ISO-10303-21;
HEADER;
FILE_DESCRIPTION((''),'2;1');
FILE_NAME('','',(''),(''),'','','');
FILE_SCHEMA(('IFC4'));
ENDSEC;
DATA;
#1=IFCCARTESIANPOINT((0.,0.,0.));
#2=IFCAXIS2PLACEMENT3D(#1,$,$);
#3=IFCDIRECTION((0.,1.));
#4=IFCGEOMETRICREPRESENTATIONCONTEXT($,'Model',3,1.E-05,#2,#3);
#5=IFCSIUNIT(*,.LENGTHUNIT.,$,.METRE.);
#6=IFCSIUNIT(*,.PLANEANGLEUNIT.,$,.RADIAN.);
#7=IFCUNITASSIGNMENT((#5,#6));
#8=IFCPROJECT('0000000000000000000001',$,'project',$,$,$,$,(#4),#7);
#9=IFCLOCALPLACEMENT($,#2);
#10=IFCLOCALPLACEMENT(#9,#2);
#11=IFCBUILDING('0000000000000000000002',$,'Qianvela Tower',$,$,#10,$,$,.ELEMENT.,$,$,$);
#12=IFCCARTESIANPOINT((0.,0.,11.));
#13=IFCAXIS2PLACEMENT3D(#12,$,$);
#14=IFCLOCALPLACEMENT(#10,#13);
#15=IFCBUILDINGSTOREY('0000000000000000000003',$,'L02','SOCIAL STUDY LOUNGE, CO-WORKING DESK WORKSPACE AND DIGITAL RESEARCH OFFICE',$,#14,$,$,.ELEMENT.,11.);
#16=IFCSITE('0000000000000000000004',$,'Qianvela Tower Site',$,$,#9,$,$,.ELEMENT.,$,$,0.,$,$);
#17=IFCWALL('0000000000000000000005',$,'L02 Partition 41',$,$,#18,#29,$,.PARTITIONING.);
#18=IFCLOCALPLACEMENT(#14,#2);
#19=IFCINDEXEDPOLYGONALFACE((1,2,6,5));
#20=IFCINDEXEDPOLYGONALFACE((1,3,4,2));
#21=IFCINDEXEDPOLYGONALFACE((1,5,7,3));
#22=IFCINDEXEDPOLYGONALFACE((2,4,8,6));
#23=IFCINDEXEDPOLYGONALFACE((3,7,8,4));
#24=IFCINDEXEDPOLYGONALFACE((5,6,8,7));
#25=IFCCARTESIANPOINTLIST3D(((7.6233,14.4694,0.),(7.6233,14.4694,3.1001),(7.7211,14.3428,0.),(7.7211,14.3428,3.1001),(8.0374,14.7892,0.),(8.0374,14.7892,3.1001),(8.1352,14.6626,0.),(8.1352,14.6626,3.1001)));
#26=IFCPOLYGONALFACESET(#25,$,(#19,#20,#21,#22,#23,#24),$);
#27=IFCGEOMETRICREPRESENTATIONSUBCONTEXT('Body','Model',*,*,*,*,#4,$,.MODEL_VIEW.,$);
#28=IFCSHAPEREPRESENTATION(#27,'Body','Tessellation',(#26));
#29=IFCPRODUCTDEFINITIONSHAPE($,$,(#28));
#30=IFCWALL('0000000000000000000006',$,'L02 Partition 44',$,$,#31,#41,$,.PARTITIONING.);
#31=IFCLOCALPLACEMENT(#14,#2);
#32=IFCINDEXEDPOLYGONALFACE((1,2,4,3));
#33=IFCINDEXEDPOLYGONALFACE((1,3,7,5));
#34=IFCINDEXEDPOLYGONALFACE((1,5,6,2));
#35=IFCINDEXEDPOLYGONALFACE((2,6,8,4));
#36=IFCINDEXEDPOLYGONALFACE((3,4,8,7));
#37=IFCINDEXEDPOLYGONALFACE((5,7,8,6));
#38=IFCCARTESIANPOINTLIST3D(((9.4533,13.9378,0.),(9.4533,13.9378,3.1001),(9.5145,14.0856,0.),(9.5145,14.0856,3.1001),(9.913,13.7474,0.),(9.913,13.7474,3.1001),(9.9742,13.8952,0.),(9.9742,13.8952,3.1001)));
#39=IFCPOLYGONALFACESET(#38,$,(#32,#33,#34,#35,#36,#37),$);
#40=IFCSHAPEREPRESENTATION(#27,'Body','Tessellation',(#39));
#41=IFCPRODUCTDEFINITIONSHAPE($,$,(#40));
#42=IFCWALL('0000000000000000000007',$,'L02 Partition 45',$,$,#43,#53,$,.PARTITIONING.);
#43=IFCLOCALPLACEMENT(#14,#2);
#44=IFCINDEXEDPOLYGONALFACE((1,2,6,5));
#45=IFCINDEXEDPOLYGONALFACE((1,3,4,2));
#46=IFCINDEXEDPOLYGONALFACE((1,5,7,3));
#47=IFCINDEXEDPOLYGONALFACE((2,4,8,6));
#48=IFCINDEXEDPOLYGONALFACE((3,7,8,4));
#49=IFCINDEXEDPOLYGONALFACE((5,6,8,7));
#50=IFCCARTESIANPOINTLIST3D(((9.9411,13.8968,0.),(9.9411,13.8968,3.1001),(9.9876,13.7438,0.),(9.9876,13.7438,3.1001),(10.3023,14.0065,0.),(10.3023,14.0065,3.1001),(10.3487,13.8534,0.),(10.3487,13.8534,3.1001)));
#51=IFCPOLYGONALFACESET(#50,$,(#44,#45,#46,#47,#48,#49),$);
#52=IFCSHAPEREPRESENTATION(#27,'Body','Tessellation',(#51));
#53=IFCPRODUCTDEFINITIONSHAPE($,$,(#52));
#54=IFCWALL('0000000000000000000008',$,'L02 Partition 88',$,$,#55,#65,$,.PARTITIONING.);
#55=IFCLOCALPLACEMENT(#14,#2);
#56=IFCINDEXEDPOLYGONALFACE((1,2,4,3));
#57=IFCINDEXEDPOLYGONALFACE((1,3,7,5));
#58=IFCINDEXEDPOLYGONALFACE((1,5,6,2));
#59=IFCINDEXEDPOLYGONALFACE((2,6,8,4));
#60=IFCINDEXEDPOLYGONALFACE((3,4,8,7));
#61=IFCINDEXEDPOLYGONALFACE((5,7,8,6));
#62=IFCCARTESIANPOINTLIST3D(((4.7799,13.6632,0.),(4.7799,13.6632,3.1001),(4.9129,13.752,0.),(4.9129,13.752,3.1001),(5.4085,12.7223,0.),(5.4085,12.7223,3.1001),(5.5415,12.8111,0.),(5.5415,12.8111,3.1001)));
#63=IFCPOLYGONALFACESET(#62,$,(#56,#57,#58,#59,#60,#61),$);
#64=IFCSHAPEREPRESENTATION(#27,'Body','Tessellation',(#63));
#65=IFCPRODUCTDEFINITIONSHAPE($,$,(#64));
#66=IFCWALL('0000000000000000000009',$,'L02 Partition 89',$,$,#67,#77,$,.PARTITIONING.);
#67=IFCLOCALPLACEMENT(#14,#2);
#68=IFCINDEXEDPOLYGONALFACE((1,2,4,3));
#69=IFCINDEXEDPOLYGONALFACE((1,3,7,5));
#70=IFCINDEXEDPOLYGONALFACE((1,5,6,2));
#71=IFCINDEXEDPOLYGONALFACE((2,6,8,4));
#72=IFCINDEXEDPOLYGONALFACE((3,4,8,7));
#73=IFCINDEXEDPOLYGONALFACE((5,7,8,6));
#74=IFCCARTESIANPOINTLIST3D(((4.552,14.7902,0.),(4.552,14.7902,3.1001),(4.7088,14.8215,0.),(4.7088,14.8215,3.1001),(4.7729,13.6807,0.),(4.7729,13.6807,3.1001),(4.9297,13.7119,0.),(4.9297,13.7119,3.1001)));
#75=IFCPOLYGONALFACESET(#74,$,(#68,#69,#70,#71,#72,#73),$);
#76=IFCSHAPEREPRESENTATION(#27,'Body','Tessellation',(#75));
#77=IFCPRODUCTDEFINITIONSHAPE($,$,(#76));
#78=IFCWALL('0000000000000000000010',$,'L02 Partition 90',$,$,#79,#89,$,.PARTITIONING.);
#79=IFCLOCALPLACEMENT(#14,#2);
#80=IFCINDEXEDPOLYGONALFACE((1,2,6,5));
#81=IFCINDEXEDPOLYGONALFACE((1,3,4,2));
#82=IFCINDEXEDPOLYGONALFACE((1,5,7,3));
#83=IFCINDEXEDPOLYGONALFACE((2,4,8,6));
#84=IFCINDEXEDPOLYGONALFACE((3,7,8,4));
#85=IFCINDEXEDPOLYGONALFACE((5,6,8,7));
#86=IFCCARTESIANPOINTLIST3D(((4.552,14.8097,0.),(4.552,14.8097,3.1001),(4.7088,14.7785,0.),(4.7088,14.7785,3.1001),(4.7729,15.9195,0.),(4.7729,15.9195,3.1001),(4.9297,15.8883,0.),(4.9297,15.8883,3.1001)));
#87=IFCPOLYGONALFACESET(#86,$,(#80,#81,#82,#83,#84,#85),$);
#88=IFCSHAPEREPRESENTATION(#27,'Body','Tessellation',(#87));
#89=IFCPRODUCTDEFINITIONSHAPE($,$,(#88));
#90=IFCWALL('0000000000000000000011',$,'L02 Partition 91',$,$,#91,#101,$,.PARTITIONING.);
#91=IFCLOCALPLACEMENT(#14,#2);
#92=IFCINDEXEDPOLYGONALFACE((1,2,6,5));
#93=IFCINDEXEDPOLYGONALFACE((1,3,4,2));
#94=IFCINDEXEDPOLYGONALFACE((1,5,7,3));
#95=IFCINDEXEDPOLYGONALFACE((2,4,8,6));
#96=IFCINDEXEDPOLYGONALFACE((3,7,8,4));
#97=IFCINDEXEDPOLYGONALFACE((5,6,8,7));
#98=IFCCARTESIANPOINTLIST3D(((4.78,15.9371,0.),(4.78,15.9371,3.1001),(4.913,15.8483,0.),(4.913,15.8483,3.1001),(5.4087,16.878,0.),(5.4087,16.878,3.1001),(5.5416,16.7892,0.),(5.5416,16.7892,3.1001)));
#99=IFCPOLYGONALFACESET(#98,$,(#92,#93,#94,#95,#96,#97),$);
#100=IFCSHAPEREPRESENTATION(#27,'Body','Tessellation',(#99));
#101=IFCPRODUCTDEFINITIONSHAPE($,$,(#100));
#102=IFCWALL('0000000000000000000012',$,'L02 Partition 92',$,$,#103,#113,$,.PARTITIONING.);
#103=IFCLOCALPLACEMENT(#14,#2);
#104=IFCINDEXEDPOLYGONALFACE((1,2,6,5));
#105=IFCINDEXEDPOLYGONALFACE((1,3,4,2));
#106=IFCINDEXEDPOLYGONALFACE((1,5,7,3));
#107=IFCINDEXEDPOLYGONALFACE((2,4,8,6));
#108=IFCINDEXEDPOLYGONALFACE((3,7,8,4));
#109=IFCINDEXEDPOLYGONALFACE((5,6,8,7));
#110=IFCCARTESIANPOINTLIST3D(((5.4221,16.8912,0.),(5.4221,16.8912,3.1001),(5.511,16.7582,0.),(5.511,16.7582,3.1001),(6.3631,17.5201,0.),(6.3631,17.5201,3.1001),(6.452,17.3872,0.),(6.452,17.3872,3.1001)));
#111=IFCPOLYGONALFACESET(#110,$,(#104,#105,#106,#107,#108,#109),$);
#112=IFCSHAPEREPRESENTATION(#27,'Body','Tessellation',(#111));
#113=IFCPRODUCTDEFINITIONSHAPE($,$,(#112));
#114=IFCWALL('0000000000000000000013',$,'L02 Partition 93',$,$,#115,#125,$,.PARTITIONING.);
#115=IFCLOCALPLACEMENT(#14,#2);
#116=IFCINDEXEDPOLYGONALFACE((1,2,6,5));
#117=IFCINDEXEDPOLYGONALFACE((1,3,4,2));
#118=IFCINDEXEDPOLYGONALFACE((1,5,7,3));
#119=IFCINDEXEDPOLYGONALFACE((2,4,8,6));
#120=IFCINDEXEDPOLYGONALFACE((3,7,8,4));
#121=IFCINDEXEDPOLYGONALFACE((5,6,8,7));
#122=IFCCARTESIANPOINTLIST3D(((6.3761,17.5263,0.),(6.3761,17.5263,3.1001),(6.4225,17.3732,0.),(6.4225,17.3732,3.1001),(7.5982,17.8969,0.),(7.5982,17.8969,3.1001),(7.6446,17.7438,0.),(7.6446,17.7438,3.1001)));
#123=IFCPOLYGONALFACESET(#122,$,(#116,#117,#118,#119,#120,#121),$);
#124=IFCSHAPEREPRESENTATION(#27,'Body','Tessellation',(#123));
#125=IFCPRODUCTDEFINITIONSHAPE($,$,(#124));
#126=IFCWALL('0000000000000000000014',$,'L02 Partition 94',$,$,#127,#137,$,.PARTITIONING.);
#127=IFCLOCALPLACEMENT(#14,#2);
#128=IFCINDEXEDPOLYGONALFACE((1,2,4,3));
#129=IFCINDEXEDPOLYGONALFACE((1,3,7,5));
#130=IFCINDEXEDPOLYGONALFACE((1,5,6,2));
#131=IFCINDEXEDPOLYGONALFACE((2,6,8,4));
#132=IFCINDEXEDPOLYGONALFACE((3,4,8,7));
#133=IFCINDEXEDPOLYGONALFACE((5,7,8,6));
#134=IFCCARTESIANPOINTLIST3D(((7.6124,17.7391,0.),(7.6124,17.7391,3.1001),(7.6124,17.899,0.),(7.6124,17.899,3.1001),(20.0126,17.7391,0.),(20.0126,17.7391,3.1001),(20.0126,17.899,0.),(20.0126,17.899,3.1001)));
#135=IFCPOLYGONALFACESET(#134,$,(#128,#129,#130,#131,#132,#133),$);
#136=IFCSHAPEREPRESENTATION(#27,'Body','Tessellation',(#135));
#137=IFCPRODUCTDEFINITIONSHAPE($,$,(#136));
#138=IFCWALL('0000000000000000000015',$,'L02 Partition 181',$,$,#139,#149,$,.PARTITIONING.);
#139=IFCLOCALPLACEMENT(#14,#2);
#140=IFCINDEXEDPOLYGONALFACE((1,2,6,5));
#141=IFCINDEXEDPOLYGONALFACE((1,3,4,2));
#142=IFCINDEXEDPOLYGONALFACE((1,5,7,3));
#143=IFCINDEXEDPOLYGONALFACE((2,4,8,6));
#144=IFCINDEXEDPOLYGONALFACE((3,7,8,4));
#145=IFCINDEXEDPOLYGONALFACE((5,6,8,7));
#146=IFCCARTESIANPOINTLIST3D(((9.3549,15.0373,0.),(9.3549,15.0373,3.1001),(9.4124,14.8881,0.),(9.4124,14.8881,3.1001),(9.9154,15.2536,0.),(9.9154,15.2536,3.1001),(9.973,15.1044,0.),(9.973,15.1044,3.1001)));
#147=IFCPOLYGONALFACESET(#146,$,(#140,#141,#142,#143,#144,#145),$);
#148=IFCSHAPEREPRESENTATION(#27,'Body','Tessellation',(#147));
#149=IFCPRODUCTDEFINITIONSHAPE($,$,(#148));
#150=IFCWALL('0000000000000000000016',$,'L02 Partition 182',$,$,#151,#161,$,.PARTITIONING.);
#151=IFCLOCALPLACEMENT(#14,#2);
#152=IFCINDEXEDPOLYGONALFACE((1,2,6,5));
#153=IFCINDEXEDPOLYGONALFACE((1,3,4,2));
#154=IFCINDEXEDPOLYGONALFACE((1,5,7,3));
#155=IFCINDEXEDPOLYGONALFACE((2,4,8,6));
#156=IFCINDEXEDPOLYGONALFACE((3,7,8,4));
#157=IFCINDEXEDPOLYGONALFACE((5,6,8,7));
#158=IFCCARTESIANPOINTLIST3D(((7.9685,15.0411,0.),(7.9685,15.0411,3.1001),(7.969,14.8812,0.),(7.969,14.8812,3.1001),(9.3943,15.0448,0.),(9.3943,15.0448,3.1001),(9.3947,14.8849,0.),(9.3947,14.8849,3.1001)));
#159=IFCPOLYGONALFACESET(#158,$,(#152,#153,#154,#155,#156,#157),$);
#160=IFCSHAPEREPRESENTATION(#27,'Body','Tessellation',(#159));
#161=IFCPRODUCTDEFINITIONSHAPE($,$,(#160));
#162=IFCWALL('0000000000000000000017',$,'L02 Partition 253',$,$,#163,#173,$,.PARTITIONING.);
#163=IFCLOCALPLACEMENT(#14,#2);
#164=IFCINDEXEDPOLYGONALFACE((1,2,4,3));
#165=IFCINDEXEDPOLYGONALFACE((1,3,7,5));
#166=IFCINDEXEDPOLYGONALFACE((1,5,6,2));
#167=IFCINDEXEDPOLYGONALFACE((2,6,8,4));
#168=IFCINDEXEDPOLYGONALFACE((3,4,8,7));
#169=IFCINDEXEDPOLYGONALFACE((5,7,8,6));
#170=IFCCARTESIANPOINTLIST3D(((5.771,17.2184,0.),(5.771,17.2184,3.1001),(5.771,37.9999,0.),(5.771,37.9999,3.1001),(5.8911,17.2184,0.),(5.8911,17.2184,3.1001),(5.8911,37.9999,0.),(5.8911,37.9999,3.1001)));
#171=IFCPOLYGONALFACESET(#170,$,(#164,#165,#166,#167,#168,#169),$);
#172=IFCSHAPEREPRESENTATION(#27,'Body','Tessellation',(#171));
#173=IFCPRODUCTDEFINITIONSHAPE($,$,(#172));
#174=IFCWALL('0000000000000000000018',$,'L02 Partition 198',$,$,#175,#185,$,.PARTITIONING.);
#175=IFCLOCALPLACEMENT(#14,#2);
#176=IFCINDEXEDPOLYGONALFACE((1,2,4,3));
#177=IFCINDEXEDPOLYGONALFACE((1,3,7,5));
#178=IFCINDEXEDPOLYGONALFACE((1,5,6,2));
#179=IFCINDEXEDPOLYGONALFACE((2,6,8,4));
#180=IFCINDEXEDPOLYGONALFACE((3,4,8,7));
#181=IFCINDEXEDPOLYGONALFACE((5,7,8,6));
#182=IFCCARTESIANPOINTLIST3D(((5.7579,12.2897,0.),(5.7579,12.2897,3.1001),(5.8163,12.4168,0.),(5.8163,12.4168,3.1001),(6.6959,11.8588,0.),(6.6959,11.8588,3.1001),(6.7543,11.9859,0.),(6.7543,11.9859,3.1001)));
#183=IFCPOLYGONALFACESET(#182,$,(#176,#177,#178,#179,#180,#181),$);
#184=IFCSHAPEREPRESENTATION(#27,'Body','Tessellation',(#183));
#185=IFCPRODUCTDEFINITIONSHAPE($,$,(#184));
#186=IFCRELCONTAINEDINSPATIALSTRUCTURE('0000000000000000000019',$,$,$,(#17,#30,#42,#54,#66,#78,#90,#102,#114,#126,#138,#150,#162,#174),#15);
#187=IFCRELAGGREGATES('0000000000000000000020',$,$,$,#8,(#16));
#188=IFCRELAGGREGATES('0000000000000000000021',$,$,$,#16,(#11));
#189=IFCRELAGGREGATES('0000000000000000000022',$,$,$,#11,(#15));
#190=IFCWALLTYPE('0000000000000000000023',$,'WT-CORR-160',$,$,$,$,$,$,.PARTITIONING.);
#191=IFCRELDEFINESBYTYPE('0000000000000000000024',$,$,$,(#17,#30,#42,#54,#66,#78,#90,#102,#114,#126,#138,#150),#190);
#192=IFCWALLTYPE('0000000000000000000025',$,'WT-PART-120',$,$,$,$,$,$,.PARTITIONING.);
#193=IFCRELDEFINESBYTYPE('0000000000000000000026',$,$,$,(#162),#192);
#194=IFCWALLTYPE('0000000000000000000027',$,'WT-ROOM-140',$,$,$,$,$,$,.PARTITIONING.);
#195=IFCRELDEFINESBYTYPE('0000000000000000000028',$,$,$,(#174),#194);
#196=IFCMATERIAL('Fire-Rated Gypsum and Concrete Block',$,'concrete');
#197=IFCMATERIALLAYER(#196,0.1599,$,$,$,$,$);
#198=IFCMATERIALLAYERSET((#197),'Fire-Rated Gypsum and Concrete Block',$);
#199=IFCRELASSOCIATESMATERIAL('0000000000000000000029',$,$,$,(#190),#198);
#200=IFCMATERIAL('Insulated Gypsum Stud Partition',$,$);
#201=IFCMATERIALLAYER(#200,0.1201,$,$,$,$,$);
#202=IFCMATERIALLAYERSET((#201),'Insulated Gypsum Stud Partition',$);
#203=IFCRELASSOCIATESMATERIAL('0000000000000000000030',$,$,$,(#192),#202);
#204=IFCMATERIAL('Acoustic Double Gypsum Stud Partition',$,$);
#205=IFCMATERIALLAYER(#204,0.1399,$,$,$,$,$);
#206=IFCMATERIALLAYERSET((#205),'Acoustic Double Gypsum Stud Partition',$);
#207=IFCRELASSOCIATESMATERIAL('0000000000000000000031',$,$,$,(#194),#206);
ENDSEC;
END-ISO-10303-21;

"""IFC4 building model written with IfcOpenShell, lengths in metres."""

from ifc_helpers import new_model, si_unit, direction, frame, frame_2d, origin, place, context, subcontext, project, spatial, rectangle, extrude, material, layer, layer_set, type_object, element, save


model = new_model("IFC4")

# Units and contexts
model_context = context("Model", 3, precision=1e-05, world=origin(), true_north=direction((0.0, 1.0)))
body_context = subcontext(model_context, "Body", "Model", "MODEL_VIEW")
ifc_project = project(units=[si_unit("LENGTHUNIT", "METRE"), si_unit("PLANEANGLEUNIT", "RADIAN")], contexts=[model_context])

# Site, building, storey
site_placement = place(None, origin())
site = spatial("IfcSite", under=ifc_project, at=site_placement, Name="Qianvela Tower Site", CompositionType="ELEMENT", RefElevation=0.0)
building_placement = place(site_placement, origin())
building = spatial("IfcBuilding", under=site, at=building_placement, Name="Qianvela Tower", CompositionType="ELEMENT")
storey_placement = place(building_placement, frame((0.0, 0.0, 11.0)))
storey = spatial("IfcBuildingStorey", under=building, at=storey_placement, Name="L02", Description="SOCIAL STUDY LOUNGE, CO-WORKING DESK WORKSPACE AND DIGITAL RESEARCH OFFICE", CompositionType="ELEMENT", Elevation=11.0)

# Walls
ifc_material_1 = material(Name="Fire-Rated Gypsum and Concrete Block", Category="concrete")
ifc_layer_1 = layer(ifc_material_1, 0.1599)
ifc_layer_set_1 = layer_set([ifc_layer_1], Name="Fire-Rated Gypsum and Concrete Block")
wall_type_1 = type_object("IfcWallType", Name="WT-CORR-160", PredefinedType="PARTITIONING", material=ifc_layer_set_1)
wall_1_placement = place(storey_placement, frame((7.6721, 14.406, 0.0), z_axis=(0.0, 0.0, 1.0), x_axis=(0.791408, 0.611288, 0.0)))
element("IfcWall", 1, at=wall_1_placement, inside=storey, type_object=wall_type_1, Name="L02 Partition 41", PredefinedType="PARTITIONING", context=body_context, shape_type="SweptSolid", body=[
    extrude(rectangle(XDim=0.5232, YDim=0.1599, at=frame_2d((0.2617, 0.0))), origin(), (0.0, 0.0, 1.0), 3.1001),
])
wall_2_placement = place(storey_placement, frame((9.4839, 14.0117, 0.0), z_axis=(0.0, 0.0, 1.0), x_axis=(0.923873, -0.382698, 0.0)))
element("IfcWall", 2, at=wall_2_placement, inside=storey, type_object=wall_type_1, Name="L02 Partition 44", PredefinedType="PARTITIONING", context=body_context, shape_type="SweptSolid", body=[
    extrude(rectangle(XDim=0.4976, YDim=0.1599, at=frame_2d((0.2488, 0.0))), origin(), (0.0, 0.0, 1.0), 3.1001),
])
wall_3_placement = place(storey_placement, frame((9.9644, 13.8203, 0.0), z_axis=(0.0, 0.0, 1.0), x_axis=(0.956877, 0.290492, 0.0)))
element("IfcWall", 3, at=wall_3_placement, inside=storey, type_object=wall_type_1, Name="L02 Partition 45", PredefinedType="PARTITIONING", context=body_context, shape_type="SweptSolid", body=[
    extrude(rectangle(XDim=0.3774, YDim=0.1599, at=frame_2d((0.1887, 0.0))), origin(), (0.0, 0.0, 1.0), 3.1001),
])
wall_4_placement = place(storey_placement, frame((5.4751, 12.7666, 0.0), z_axis=(0.0, 0.0, 1.0), x_axis=(-0.555546, 0.831486, 0.0)))
element("IfcWall", 4, at=wall_4_placement, inside=storey, type_object=wall_type_1, Name="L02 Partition 88", PredefinedType="PARTITIONING", context=body_context, shape_type="SweptSolid", body=[
    extrude(rectangle(XDim=1.1316, YDim=0.1599, at=frame_2d((0.5659, 0.0))), origin(), (0.0, 0.0, 1.0), 3.1001),
])
wall_5_placement = place(storey_placement, frame((4.8513, 13.6963, 0.0), z_axis=(0.0, 0.0, 1.0), x_axis=(-0.195286, 0.980746, 0.0)))
element("IfcWall", 5, at=wall_5_placement, inside=storey, type_object=wall_type_1, Name="L02 Partition 89", PredefinedType="PARTITIONING", context=body_context, shape_type="SweptSolid", body=[
    extrude(rectangle(XDim=1.1313, YDim=0.1599, at=frame_2d((0.5657, 0.0))), origin(), (0.0, 0.0, 1.0), 3.1001),
])
for number, where, z_axis, x_axis, name in (
    (6, (4.6304, 14.7939, 0.0), (0.0, 0.0, 1.0), (0.195245, 0.980755, 0.0), "L02 Partition 90"),
    (7, (4.8464, 15.8926, 0.0), (0.0, 0.0, 1.0), (0.555546, 0.831486, 0.0), "L02 Partition 91"),
):
    element("IfcWall", number, at=place(storey_placement, frame(where, z_axis=z_axis, x_axis=x_axis)), inside=storey, type_object=wall_type_1, Name=name, PredefinedType="PARTITIONING", context=body_context, shape_type="SweptSolid", body=[
        extrude(rectangle(XDim=1.1316, YDim=0.1599, at=frame_2d((0.5659, 0.0))), origin(), (0.0, 0.0, 1.0), 3.1001),
    ])
wall_6_placement = place(storey_placement, frame((5.4666, 16.8247, 0.0), z_axis=(0.0, 0.0, 1.0), x_axis=(0.831386, 0.555695, 0.0)))
element("IfcWall", 8, at=wall_6_placement, inside=storey, type_object=wall_type_1, Name="L02 Partition 92", PredefinedType="PARTITIONING", context=body_context, shape_type="SweptSolid", body=[
    extrude(rectangle(XDim=1.1318, YDim=0.1599, at=frame_2d((0.5659, 0.0))), origin(), (0.0, 0.0, 1.0), 3.1001),
])
wall_7_placement = place(storey_placement, frame((6.3992, 17.4497, 0.0), z_axis=(0.0, 0.0, 1.0), x_axis=(0.95697, 0.290188, 0.0)))
element("IfcWall", 9, at=wall_7_placement, inside=storey, type_object=wall_type_1, Name="L02 Partition 93", PredefinedType="PARTITIONING", context=body_context, shape_type="SweptSolid", body=[
    extrude(rectangle(XDim=1.2771, YDim=0.1599, at=frame_2d((0.6387, 0.0))), origin(), (0.0, 0.0, 1.0), 3.1001),
])
wall_8_placement = place(storey_placement, frame((7.6123, 17.8191, 0.0), z_axis=(0.0, 0.0, 1.0), x_axis=(1.0, 0.0, 0.0)))
element("IfcWall", 10, at=wall_8_placement, inside=storey, type_object=wall_type_1, Name="L02 Partition 94", PredefinedType="PARTITIONING", context=body_context, shape_type="SweptSolid", body=[
    extrude(rectangle(XDim=12.4001, YDim=0.1599, at=frame_2d((6.2002, 0.0))), origin(), (0.0, 0.0, 1.0), 3.1001),
])
wall_9_placement = place(storey_placement, frame((9.9441, 15.179, 0.0), z_axis=(0.0, 0.0, 1.0), x_axis=(-0.932947, -0.360014, 0.0)))
element("IfcWall", 11, at=wall_9_placement, inside=storey, type_object=wall_type_1, Name="L02 Partition 181", PredefinedType="PARTITIONING", context=body_context, shape_type="SweptSolid", body=[
    extrude(rectangle(XDim=0.6008, YDim=0.1599, at=frame_2d((0.3003, 0.0))), origin(), (0.0, 0.0, 1.0), 3.1001),
])
wall_10_placement = place(storey_placement, frame((9.3945, 14.9648, 0.0), z_axis=(0.0, 0.0, 1.0), x_axis=(-0.999997, -0.002568, 0.0)))
element("IfcWall", 12, at=wall_10_placement, inside=storey, type_object=wall_type_1, Name="L02 Partition 182", PredefinedType="PARTITIONING", context=body_context, shape_type="SweptSolid", body=[
    extrude(rectangle(XDim=1.4258, YDim=0.1599, at=frame_2d((0.7129, 0.0))), origin(), (0.0, 0.0, 1.0), 3.1001),
])
ifc_material_2 = material(Name="Insulated Gypsum Stud Partition")
ifc_layer_2 = layer(ifc_material_2, 0.1201)
ifc_layer_set_2 = layer_set([ifc_layer_2], Name="Insulated Gypsum Stud Partition")
wall_type_2 = type_object("IfcWallType", Name="WT-PART-120", PredefinedType="PARTITIONING", material=ifc_layer_set_2)
wall_11_placement = place(storey_placement, frame((5.8311, 17.2185, 0.0), z_axis=(0.0, 0.0, 1.0), x_axis=(0.0, 1.0, 0.0)))
element("IfcWall", 13, at=wall_11_placement, inside=storey, type_object=wall_type_2, Name="L02 Partition 253", PredefinedType="PARTITIONING", context=body_context, shape_type="SweptSolid", body=[
    extrude(rectangle(XDim=20.7815, YDim=0.1201, at=frame_2d((10.3906, 0.0))), origin(), (0.0, 0.0, 1.0), 3.1001),
])
ifc_material_3 = material(Name="Acoustic Double Gypsum Stud Partition")
ifc_layer_3 = layer(ifc_material_3, 0.1399)
ifc_layer_set_3 = layer_set([ifc_layer_3], Name="Acoustic Double Gypsum Stud Partition")
wall_type_3 = type_object("IfcWallType", Name="WT-ROOM-140", PredefinedType="PARTITIONING", material=ifc_layer_set_3)
wall_12_placement = place(storey_placement, frame((5.7871, 12.3533, 0.0), z_axis=(0.0, 0.0, 1.0), x_axis=(0.908699, -0.417453, 0.0)))
element("IfcWall", 14, at=wall_12_placement, inside=storey, type_object=wall_type_3, Name="L02 Partition 198", PredefinedType="PARTITIONING", context=body_context, shape_type="SweptSolid", body=[
    extrude(rectangle(XDim=1.0322, YDim=0.1399, at=frame_2d((0.5161, 0.0))), origin(), (0.0, 0.0, 1.0), 3.1001),
])

save(model, "model.ifc")
